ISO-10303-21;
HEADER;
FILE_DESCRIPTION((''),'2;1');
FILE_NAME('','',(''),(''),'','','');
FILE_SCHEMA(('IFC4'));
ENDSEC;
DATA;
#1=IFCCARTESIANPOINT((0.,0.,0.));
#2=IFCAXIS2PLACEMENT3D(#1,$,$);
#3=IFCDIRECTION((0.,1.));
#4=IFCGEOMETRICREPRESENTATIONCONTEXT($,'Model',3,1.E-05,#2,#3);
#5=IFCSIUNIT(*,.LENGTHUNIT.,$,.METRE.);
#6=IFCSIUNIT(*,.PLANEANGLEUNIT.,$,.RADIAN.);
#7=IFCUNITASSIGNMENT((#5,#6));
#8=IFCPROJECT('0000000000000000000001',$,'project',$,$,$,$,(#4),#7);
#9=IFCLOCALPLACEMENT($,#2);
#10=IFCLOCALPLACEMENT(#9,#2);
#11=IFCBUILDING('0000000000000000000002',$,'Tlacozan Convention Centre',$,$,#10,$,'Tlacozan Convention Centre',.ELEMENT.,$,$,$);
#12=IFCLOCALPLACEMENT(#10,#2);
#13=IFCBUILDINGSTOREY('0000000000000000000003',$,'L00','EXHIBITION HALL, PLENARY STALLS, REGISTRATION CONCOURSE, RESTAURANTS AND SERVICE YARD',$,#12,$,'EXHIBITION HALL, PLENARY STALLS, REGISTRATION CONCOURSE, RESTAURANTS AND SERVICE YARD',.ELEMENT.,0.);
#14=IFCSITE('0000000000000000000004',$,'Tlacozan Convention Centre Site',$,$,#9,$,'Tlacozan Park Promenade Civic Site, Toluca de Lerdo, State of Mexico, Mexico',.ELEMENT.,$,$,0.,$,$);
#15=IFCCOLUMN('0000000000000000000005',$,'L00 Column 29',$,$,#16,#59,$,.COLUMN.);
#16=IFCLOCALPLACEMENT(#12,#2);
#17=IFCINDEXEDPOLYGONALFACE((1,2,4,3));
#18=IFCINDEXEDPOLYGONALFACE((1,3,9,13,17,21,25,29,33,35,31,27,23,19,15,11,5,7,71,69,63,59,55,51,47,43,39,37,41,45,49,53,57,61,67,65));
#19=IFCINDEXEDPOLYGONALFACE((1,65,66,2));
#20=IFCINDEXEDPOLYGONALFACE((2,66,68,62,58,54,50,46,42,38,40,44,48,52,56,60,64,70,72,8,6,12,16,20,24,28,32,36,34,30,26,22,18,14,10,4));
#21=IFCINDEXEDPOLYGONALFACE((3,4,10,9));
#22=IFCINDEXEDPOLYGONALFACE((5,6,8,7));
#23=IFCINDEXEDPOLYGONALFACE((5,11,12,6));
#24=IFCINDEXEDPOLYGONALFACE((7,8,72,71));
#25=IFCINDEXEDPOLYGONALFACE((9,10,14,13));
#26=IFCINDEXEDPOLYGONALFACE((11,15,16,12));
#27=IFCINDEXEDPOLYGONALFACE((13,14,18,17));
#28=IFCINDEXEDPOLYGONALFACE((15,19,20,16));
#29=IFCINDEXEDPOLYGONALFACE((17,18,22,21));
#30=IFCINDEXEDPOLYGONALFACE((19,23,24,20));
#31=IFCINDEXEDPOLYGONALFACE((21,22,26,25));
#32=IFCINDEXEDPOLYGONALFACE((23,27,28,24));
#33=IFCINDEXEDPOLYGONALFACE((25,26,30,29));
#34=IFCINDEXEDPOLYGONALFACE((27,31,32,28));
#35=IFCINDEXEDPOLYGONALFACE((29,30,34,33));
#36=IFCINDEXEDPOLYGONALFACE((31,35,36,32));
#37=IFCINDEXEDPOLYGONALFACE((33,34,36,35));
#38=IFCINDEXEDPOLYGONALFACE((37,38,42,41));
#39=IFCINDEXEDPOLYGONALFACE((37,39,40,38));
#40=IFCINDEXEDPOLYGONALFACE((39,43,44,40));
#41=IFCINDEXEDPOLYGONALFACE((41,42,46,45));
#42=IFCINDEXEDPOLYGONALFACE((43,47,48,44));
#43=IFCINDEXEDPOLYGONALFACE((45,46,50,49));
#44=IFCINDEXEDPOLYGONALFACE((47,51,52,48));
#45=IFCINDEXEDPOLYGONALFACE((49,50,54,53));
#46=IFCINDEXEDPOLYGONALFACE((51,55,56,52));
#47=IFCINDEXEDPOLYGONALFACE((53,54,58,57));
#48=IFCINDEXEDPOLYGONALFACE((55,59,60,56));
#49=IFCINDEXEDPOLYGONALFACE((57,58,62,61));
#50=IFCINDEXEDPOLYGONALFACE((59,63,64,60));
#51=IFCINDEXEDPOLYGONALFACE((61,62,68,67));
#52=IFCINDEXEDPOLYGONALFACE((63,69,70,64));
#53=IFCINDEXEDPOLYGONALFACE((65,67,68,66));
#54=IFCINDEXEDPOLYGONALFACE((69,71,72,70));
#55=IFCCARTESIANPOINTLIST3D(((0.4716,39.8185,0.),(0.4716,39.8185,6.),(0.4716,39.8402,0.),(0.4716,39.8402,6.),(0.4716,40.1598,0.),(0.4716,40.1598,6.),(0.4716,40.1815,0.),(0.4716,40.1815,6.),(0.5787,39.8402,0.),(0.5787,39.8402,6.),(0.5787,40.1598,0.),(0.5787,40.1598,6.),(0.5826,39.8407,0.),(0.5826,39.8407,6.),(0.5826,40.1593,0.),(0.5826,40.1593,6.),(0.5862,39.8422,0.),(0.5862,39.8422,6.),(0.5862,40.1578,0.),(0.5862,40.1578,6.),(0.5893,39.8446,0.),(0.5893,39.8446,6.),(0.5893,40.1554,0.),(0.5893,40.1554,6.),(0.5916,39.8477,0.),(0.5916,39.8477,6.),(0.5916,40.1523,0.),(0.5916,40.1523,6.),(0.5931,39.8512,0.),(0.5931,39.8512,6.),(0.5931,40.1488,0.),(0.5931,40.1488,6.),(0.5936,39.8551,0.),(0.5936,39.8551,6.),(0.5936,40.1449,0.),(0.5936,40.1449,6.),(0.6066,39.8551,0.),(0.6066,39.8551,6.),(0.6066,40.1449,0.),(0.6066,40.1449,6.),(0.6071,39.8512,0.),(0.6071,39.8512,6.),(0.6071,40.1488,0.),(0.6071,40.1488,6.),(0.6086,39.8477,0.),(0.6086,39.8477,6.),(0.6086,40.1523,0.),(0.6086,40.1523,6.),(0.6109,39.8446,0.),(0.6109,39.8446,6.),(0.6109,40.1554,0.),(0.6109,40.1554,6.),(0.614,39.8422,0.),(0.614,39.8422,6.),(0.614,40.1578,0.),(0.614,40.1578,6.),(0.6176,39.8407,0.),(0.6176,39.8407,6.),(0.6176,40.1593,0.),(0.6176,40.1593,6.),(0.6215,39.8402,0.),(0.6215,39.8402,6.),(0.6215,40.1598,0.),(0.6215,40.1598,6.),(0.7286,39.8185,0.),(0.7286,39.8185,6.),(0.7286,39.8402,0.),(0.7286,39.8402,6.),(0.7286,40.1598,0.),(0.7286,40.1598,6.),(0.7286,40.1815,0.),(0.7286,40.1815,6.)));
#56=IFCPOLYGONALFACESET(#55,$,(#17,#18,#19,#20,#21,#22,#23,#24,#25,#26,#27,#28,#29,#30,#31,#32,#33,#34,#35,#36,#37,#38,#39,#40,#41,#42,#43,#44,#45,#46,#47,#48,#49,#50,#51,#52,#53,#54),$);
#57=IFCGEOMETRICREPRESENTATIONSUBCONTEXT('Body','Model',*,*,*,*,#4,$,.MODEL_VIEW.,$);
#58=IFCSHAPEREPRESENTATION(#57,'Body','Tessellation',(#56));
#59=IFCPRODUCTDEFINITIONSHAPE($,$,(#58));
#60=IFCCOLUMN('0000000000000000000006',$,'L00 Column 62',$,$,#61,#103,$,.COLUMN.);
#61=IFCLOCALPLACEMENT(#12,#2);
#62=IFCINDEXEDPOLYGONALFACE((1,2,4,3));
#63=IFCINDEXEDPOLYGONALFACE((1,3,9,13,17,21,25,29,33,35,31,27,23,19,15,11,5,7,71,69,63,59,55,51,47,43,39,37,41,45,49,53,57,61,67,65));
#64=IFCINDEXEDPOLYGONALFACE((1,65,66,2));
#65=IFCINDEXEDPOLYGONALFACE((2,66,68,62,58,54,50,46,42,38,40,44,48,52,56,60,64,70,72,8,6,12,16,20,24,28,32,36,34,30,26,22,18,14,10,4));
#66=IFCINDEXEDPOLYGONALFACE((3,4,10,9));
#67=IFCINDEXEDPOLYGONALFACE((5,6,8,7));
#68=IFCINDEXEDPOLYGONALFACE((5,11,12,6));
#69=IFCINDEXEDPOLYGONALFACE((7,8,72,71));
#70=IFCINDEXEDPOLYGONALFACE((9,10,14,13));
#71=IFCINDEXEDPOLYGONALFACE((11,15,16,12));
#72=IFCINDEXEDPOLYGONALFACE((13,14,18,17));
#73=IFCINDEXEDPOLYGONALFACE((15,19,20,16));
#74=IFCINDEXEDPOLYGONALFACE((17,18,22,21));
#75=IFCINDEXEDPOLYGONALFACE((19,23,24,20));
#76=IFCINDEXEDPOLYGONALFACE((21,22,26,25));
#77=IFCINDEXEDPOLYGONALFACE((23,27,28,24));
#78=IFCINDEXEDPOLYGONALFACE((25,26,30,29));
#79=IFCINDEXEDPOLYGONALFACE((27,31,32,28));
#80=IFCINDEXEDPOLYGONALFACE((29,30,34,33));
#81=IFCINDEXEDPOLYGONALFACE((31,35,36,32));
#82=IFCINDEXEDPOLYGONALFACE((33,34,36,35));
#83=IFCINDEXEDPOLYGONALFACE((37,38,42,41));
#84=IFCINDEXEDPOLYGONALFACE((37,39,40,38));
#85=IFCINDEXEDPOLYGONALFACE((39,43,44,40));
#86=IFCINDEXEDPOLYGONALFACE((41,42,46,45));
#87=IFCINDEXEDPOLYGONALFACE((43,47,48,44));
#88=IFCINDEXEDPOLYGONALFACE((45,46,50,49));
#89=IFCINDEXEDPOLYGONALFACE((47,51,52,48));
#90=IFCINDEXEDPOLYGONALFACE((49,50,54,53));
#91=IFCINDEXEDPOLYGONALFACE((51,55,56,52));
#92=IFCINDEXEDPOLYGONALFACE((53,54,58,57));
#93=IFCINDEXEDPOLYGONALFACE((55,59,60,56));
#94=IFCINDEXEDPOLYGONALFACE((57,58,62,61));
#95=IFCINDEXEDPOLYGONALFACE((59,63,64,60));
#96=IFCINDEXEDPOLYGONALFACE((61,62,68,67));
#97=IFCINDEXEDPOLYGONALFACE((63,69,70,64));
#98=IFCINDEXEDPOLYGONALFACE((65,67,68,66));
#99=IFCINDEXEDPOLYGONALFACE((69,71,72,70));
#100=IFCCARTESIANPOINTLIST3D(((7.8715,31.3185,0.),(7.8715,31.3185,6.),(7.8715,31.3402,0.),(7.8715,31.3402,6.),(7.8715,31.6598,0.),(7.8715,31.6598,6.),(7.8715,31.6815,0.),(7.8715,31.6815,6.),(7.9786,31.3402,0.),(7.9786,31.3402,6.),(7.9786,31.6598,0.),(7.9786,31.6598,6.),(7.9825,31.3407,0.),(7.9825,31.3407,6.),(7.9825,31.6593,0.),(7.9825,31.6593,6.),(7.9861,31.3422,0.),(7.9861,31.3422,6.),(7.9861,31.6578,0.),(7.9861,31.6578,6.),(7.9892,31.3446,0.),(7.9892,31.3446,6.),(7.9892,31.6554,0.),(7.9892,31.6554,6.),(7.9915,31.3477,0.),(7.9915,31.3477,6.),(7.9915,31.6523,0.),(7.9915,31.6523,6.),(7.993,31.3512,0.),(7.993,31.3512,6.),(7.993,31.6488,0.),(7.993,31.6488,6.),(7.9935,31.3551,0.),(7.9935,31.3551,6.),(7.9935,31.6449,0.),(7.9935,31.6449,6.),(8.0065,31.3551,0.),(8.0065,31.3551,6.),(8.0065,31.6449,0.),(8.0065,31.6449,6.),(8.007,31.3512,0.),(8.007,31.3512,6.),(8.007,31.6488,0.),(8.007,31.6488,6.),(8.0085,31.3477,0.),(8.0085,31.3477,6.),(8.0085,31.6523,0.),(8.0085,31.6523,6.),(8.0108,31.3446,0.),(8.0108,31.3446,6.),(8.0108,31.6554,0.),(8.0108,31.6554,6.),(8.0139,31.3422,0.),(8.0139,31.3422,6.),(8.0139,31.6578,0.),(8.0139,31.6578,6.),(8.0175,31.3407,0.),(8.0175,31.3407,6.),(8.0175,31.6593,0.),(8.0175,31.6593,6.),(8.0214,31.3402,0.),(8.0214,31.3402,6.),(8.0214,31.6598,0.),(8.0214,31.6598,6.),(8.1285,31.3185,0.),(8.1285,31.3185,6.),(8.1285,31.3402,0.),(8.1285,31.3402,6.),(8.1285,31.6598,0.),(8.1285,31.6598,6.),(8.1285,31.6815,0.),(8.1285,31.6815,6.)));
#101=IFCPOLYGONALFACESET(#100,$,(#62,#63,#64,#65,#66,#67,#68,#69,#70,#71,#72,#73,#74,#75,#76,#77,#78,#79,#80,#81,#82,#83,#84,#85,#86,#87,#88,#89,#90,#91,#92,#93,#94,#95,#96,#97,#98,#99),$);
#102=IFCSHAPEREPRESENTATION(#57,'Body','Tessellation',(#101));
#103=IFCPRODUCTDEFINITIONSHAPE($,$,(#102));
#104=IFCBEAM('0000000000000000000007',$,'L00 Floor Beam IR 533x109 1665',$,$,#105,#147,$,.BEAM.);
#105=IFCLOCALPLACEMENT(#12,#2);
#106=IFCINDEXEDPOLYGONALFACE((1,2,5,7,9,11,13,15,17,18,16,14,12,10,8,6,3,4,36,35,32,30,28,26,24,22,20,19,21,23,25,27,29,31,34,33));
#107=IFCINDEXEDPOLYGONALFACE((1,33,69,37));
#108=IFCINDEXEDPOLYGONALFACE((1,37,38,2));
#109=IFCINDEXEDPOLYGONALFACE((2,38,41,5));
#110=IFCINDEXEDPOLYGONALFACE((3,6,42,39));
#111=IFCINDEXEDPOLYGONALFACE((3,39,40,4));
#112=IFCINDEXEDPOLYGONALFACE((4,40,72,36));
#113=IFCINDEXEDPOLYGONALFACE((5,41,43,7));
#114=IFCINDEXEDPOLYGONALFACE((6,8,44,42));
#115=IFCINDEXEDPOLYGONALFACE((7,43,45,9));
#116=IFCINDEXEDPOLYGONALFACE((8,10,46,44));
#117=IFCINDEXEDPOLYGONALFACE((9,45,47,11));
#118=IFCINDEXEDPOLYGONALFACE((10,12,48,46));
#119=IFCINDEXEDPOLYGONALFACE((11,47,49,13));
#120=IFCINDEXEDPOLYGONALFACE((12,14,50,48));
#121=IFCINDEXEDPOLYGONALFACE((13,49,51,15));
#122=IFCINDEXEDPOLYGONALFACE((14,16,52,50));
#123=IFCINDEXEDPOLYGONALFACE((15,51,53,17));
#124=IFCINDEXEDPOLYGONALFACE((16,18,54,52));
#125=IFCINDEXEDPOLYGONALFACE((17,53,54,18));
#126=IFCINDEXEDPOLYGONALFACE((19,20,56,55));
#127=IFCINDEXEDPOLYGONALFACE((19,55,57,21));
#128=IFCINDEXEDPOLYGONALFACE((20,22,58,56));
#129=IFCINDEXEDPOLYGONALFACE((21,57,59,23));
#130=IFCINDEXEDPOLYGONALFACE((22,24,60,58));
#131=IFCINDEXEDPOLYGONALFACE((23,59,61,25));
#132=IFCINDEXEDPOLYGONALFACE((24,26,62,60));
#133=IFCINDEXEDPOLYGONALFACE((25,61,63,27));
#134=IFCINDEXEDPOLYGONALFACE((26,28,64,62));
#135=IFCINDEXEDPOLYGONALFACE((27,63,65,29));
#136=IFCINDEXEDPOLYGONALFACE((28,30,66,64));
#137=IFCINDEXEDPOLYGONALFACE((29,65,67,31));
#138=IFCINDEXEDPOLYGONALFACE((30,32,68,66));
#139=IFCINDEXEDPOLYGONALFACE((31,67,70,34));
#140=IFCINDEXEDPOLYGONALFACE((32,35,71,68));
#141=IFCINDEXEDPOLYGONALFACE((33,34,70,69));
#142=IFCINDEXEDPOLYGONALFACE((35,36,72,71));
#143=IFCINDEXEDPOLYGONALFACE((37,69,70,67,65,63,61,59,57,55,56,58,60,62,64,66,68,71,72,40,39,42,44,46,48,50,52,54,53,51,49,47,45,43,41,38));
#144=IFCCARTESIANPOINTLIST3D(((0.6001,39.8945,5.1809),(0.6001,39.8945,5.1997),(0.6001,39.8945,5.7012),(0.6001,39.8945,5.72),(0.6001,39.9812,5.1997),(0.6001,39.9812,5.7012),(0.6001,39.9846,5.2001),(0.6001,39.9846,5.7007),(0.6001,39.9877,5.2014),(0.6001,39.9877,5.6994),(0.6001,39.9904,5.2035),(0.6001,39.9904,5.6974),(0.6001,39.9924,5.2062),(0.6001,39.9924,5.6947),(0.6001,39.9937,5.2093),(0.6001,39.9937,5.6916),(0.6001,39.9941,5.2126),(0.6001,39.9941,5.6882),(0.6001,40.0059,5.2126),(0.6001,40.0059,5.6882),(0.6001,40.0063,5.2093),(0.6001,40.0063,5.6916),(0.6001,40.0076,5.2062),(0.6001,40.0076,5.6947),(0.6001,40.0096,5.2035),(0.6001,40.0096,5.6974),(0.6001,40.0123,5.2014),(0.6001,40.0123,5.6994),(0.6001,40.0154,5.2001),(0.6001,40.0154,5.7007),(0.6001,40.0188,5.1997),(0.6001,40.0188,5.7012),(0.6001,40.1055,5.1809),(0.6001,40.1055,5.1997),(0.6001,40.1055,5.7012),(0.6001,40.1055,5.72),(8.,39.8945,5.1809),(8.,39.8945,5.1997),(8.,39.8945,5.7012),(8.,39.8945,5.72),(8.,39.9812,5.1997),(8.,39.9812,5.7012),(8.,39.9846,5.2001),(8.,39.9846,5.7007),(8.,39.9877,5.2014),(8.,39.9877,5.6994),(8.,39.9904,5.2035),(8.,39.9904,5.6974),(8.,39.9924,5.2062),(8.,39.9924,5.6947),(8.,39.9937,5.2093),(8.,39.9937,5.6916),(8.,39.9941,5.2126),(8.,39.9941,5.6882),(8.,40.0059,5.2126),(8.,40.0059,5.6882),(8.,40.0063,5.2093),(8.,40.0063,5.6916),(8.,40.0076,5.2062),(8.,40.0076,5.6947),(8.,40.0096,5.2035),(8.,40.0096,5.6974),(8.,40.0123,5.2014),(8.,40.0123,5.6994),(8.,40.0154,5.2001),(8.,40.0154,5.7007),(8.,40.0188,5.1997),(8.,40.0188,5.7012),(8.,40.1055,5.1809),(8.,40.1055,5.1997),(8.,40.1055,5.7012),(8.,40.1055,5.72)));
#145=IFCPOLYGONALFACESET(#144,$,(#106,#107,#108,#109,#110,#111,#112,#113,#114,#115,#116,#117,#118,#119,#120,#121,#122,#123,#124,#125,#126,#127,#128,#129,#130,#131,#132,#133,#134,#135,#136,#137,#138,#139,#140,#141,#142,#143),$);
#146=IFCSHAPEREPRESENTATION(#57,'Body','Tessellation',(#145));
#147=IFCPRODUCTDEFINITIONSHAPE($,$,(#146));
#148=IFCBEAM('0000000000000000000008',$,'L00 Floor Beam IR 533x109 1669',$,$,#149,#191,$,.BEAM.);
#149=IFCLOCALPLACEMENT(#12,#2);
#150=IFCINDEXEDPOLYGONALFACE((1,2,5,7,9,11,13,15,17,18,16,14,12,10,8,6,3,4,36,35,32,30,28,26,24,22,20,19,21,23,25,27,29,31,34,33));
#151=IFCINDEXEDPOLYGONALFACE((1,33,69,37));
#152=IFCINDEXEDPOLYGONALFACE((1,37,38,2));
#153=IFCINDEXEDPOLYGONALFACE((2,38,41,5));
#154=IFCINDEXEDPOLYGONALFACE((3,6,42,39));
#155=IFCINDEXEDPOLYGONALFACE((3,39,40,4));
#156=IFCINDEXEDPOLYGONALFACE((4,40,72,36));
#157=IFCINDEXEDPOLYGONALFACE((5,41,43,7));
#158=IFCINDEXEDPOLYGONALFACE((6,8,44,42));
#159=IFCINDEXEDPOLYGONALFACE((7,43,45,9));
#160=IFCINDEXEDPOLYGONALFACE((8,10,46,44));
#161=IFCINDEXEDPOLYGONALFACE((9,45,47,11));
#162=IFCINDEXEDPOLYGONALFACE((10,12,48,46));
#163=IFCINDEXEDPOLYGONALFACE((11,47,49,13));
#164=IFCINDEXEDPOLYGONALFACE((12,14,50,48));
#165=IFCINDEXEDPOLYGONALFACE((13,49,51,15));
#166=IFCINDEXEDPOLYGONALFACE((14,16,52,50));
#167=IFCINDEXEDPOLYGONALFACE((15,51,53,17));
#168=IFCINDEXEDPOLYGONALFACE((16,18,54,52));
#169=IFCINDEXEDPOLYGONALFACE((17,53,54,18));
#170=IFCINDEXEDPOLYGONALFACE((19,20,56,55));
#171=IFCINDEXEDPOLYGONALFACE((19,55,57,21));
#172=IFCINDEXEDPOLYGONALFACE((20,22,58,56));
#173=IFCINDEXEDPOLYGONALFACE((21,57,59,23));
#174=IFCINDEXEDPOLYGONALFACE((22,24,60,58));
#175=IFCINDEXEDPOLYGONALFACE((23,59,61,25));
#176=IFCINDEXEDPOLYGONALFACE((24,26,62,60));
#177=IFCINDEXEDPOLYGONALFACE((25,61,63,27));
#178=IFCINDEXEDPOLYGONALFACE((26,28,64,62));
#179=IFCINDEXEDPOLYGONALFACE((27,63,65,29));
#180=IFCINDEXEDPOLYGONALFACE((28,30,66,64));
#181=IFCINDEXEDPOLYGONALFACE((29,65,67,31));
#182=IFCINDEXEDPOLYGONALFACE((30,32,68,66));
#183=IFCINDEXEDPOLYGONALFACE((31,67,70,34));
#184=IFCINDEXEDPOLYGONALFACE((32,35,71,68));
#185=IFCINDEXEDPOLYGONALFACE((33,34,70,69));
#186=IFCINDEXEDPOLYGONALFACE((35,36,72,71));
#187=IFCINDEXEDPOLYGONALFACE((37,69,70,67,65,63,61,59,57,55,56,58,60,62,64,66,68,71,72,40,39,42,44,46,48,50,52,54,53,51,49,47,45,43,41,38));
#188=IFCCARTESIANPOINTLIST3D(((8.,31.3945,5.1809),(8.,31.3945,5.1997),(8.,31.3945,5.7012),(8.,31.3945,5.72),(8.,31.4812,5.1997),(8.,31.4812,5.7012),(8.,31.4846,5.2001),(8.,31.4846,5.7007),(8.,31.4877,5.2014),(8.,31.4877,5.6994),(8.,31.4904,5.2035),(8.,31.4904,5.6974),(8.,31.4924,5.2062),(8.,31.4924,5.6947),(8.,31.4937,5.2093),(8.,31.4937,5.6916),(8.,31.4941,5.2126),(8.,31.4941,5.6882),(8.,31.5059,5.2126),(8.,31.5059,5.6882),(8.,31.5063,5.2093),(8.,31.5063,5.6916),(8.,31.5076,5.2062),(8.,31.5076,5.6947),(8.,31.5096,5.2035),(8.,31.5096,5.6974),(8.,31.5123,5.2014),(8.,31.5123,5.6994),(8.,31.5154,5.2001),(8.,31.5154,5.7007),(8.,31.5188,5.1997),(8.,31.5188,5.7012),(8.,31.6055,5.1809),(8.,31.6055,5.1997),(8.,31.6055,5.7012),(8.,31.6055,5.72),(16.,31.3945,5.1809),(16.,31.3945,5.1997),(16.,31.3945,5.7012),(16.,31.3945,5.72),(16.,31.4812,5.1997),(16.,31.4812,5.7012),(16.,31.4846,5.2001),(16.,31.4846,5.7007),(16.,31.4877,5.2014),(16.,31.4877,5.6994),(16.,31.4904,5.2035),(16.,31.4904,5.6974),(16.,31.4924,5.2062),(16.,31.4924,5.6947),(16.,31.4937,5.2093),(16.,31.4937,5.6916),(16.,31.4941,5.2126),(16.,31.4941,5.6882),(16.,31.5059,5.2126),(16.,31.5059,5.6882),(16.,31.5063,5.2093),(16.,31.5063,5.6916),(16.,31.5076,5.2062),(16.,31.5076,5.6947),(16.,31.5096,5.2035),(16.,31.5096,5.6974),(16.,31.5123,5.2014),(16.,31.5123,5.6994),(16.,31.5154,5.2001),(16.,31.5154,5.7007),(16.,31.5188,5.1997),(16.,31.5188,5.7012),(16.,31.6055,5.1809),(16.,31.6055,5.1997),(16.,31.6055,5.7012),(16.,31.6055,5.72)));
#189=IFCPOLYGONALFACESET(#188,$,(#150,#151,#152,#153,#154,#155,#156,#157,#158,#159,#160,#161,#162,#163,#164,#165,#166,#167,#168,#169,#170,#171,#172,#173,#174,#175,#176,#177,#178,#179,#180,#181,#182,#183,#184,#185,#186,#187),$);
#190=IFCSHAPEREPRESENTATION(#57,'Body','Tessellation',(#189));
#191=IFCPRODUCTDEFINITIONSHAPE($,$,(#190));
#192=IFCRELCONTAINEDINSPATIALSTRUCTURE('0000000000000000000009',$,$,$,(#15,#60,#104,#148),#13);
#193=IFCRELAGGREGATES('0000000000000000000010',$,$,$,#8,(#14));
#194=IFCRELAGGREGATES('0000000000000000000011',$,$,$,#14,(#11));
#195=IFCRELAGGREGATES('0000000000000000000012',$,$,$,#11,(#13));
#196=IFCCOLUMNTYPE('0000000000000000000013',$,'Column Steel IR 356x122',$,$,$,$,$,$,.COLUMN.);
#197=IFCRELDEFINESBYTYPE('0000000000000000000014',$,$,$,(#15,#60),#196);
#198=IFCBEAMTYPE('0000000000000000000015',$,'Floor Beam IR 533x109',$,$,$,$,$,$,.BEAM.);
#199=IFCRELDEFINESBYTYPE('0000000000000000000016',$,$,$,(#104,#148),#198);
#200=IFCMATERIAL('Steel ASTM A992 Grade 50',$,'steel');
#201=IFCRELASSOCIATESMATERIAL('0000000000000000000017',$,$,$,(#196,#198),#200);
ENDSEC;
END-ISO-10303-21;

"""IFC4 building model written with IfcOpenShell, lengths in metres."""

from ifc_helpers import new_model, si_unit, direction, frame, origin, origin_2d, place, context, subcontext, project, spatial, i_section, extrude, material, material_profile, profile_set, type_object, element, save


model = new_model("IFC4")

# Units and contexts
model_context = context("Model", 3, precision=1e-05, world=origin(), true_north=direction((0.0, 1.0)))
body_context = subcontext(model_context, "Body", "Model", "MODEL_VIEW")
ifc_project = project(units=[si_unit("LENGTHUNIT", "METRE"), si_unit("PLANEANGLEUNIT", "RADIAN")], contexts=[model_context])

# Site, building, storey
site_placement = place(None, origin())
site = spatial("IfcSite", under=ifc_project, at=site_placement, Name="Tlacozan Convention Centre Site", LongName="Tlacozan Park Promenade Civic Site, Toluca de Lerdo, State of Mexico, Mexico", CompositionType="ELEMENT", RefElevation=0.0)
building_placement = place(site_placement, origin())
building = spatial("IfcBuilding", under=site, at=building_placement, Name="Tlacozan Convention Centre", LongName="Tlacozan Convention Centre", CompositionType="ELEMENT")
storey_placement = place(building_placement, origin())
storey = spatial("IfcBuildingStorey", under=building, at=storey_placement, Name="L00", Description="EXHIBITION HALL, PLENARY STALLS, REGISTRATION CONCOURSE, RESTAURANTS AND SERVICE YARD", LongName="EXHIBITION HALL, PLENARY STALLS, REGISTRATION CONCOURSE, RESTAURANTS AND SERVICE YARD", CompositionType="ELEMENT", Elevation=0.0)

# Columns
ifc_material_1 = material(Name="Steel ASTM A992 Grade 50", Category="steel")
ifc_material_profile_1 = material_profile(ifc_material_1, i_section(OverallWidth=0.2571, OverallDepth=0.363, WebThickness=0.0129, FlangeThickness=0.0217, FilletRadius=0.0149, at=origin_2d()), Name="IR 356x122.0")
ifc_profile_set_1 = profile_set([ifc_material_profile_1], Name="Steel ASTM A992 Grade 50")
column_type = type_object("IfcColumnType", Name="Column Steel IR 356x122", PredefinedType="COLUMN", material=ifc_profile_set_1)
for number, where, z_axis, x_axis, name in (
    (1, (0.6001, 40.0, 0.0), (0.0, 0.0, 1.0), (1.0, 0.0, 0.0), "L00 Column 29"),
    (2, (8.0, 31.5, 0.0), (0.0, 0.0, 1.0), (1.0, 0.0, 0.0), "L00 Column 62"),
):
    element("IfcColumn", number, at=place(storey_placement, frame(where, z_axis=z_axis, x_axis=x_axis)), inside=storey, type_object=column_type, Name=name, PredefinedType="COLUMN", context=body_context, shape_type="SweptSolid", body=[
        extrude(i_section(OverallWidth=0.2571, OverallDepth=0.363, WebThickness=0.0129, FlangeThickness=0.0217, FilletRadius=0.0149, at=origin_2d()), origin(), (0.0, 0.0, 1.0), 6.0),
    ])

# Beams
ifc_material_profile_2 = material_profile(ifc_material_1, i_section(OverallWidth=0.2109, OverallDepth=0.5391, WebThickness=0.0117, FlangeThickness=0.0188, FilletRadius=0.0129, at=origin_2d()), Name="IR 533x109.0")
ifc_profile_set_2 = profile_set([ifc_material_profile_2], Name="Steel ASTM A992 Grade 50")
beam_type_1 = type_object("IfcBeamType", Name="Floor Beam IR 533x109", PredefinedType="BEAM", material=ifc_profile_set_2)
beam_1_placement = place(storey_placement, frame((0.6001, 40.0, 5.4504), z_axis=(1.0, 0.0, 0.0), x_axis=(0.0, 1.0, 0.0)))
element("IfcBeam", 3, at=beam_1_placement, inside=storey, type_object=beam_type_1, Name="L00 Floor Beam IR 533x109 1665", PredefinedType="BEAM", context=body_context, shape_type="SweptSolid", body=[
    extrude(i_section(OverallWidth=0.2109, OverallDepth=0.5391, WebThickness=0.0117, FlangeThickness=0.0188, FilletRadius=0.0129, at=origin_2d()), origin(), (0.0, 0.0, 1.0), 7.3999),
])
beam_2_placement = place(storey_placement, frame((8.0, 31.5, 5.4504), z_axis=(1.0, 0.0, 0.0), x_axis=(0.0, 1.0, 0.0)))
element("IfcBeam", 4, at=beam_2_placement, inside=storey, type_object=beam_type_1, Name="L00 Floor Beam IR 533x109 1669", PredefinedType="BEAM", context=body_context, shape_type="SweptSolid", body=[
    extrude(i_section(OverallWidth=0.2109, OverallDepth=0.5391, WebThickness=0.0117, FlangeThickness=0.0188, FilletRadius=0.0129, at=origin_2d()), origin(), (0.0, 0.0, 1.0), 8.0),
])

save(model, "model.ifc")
